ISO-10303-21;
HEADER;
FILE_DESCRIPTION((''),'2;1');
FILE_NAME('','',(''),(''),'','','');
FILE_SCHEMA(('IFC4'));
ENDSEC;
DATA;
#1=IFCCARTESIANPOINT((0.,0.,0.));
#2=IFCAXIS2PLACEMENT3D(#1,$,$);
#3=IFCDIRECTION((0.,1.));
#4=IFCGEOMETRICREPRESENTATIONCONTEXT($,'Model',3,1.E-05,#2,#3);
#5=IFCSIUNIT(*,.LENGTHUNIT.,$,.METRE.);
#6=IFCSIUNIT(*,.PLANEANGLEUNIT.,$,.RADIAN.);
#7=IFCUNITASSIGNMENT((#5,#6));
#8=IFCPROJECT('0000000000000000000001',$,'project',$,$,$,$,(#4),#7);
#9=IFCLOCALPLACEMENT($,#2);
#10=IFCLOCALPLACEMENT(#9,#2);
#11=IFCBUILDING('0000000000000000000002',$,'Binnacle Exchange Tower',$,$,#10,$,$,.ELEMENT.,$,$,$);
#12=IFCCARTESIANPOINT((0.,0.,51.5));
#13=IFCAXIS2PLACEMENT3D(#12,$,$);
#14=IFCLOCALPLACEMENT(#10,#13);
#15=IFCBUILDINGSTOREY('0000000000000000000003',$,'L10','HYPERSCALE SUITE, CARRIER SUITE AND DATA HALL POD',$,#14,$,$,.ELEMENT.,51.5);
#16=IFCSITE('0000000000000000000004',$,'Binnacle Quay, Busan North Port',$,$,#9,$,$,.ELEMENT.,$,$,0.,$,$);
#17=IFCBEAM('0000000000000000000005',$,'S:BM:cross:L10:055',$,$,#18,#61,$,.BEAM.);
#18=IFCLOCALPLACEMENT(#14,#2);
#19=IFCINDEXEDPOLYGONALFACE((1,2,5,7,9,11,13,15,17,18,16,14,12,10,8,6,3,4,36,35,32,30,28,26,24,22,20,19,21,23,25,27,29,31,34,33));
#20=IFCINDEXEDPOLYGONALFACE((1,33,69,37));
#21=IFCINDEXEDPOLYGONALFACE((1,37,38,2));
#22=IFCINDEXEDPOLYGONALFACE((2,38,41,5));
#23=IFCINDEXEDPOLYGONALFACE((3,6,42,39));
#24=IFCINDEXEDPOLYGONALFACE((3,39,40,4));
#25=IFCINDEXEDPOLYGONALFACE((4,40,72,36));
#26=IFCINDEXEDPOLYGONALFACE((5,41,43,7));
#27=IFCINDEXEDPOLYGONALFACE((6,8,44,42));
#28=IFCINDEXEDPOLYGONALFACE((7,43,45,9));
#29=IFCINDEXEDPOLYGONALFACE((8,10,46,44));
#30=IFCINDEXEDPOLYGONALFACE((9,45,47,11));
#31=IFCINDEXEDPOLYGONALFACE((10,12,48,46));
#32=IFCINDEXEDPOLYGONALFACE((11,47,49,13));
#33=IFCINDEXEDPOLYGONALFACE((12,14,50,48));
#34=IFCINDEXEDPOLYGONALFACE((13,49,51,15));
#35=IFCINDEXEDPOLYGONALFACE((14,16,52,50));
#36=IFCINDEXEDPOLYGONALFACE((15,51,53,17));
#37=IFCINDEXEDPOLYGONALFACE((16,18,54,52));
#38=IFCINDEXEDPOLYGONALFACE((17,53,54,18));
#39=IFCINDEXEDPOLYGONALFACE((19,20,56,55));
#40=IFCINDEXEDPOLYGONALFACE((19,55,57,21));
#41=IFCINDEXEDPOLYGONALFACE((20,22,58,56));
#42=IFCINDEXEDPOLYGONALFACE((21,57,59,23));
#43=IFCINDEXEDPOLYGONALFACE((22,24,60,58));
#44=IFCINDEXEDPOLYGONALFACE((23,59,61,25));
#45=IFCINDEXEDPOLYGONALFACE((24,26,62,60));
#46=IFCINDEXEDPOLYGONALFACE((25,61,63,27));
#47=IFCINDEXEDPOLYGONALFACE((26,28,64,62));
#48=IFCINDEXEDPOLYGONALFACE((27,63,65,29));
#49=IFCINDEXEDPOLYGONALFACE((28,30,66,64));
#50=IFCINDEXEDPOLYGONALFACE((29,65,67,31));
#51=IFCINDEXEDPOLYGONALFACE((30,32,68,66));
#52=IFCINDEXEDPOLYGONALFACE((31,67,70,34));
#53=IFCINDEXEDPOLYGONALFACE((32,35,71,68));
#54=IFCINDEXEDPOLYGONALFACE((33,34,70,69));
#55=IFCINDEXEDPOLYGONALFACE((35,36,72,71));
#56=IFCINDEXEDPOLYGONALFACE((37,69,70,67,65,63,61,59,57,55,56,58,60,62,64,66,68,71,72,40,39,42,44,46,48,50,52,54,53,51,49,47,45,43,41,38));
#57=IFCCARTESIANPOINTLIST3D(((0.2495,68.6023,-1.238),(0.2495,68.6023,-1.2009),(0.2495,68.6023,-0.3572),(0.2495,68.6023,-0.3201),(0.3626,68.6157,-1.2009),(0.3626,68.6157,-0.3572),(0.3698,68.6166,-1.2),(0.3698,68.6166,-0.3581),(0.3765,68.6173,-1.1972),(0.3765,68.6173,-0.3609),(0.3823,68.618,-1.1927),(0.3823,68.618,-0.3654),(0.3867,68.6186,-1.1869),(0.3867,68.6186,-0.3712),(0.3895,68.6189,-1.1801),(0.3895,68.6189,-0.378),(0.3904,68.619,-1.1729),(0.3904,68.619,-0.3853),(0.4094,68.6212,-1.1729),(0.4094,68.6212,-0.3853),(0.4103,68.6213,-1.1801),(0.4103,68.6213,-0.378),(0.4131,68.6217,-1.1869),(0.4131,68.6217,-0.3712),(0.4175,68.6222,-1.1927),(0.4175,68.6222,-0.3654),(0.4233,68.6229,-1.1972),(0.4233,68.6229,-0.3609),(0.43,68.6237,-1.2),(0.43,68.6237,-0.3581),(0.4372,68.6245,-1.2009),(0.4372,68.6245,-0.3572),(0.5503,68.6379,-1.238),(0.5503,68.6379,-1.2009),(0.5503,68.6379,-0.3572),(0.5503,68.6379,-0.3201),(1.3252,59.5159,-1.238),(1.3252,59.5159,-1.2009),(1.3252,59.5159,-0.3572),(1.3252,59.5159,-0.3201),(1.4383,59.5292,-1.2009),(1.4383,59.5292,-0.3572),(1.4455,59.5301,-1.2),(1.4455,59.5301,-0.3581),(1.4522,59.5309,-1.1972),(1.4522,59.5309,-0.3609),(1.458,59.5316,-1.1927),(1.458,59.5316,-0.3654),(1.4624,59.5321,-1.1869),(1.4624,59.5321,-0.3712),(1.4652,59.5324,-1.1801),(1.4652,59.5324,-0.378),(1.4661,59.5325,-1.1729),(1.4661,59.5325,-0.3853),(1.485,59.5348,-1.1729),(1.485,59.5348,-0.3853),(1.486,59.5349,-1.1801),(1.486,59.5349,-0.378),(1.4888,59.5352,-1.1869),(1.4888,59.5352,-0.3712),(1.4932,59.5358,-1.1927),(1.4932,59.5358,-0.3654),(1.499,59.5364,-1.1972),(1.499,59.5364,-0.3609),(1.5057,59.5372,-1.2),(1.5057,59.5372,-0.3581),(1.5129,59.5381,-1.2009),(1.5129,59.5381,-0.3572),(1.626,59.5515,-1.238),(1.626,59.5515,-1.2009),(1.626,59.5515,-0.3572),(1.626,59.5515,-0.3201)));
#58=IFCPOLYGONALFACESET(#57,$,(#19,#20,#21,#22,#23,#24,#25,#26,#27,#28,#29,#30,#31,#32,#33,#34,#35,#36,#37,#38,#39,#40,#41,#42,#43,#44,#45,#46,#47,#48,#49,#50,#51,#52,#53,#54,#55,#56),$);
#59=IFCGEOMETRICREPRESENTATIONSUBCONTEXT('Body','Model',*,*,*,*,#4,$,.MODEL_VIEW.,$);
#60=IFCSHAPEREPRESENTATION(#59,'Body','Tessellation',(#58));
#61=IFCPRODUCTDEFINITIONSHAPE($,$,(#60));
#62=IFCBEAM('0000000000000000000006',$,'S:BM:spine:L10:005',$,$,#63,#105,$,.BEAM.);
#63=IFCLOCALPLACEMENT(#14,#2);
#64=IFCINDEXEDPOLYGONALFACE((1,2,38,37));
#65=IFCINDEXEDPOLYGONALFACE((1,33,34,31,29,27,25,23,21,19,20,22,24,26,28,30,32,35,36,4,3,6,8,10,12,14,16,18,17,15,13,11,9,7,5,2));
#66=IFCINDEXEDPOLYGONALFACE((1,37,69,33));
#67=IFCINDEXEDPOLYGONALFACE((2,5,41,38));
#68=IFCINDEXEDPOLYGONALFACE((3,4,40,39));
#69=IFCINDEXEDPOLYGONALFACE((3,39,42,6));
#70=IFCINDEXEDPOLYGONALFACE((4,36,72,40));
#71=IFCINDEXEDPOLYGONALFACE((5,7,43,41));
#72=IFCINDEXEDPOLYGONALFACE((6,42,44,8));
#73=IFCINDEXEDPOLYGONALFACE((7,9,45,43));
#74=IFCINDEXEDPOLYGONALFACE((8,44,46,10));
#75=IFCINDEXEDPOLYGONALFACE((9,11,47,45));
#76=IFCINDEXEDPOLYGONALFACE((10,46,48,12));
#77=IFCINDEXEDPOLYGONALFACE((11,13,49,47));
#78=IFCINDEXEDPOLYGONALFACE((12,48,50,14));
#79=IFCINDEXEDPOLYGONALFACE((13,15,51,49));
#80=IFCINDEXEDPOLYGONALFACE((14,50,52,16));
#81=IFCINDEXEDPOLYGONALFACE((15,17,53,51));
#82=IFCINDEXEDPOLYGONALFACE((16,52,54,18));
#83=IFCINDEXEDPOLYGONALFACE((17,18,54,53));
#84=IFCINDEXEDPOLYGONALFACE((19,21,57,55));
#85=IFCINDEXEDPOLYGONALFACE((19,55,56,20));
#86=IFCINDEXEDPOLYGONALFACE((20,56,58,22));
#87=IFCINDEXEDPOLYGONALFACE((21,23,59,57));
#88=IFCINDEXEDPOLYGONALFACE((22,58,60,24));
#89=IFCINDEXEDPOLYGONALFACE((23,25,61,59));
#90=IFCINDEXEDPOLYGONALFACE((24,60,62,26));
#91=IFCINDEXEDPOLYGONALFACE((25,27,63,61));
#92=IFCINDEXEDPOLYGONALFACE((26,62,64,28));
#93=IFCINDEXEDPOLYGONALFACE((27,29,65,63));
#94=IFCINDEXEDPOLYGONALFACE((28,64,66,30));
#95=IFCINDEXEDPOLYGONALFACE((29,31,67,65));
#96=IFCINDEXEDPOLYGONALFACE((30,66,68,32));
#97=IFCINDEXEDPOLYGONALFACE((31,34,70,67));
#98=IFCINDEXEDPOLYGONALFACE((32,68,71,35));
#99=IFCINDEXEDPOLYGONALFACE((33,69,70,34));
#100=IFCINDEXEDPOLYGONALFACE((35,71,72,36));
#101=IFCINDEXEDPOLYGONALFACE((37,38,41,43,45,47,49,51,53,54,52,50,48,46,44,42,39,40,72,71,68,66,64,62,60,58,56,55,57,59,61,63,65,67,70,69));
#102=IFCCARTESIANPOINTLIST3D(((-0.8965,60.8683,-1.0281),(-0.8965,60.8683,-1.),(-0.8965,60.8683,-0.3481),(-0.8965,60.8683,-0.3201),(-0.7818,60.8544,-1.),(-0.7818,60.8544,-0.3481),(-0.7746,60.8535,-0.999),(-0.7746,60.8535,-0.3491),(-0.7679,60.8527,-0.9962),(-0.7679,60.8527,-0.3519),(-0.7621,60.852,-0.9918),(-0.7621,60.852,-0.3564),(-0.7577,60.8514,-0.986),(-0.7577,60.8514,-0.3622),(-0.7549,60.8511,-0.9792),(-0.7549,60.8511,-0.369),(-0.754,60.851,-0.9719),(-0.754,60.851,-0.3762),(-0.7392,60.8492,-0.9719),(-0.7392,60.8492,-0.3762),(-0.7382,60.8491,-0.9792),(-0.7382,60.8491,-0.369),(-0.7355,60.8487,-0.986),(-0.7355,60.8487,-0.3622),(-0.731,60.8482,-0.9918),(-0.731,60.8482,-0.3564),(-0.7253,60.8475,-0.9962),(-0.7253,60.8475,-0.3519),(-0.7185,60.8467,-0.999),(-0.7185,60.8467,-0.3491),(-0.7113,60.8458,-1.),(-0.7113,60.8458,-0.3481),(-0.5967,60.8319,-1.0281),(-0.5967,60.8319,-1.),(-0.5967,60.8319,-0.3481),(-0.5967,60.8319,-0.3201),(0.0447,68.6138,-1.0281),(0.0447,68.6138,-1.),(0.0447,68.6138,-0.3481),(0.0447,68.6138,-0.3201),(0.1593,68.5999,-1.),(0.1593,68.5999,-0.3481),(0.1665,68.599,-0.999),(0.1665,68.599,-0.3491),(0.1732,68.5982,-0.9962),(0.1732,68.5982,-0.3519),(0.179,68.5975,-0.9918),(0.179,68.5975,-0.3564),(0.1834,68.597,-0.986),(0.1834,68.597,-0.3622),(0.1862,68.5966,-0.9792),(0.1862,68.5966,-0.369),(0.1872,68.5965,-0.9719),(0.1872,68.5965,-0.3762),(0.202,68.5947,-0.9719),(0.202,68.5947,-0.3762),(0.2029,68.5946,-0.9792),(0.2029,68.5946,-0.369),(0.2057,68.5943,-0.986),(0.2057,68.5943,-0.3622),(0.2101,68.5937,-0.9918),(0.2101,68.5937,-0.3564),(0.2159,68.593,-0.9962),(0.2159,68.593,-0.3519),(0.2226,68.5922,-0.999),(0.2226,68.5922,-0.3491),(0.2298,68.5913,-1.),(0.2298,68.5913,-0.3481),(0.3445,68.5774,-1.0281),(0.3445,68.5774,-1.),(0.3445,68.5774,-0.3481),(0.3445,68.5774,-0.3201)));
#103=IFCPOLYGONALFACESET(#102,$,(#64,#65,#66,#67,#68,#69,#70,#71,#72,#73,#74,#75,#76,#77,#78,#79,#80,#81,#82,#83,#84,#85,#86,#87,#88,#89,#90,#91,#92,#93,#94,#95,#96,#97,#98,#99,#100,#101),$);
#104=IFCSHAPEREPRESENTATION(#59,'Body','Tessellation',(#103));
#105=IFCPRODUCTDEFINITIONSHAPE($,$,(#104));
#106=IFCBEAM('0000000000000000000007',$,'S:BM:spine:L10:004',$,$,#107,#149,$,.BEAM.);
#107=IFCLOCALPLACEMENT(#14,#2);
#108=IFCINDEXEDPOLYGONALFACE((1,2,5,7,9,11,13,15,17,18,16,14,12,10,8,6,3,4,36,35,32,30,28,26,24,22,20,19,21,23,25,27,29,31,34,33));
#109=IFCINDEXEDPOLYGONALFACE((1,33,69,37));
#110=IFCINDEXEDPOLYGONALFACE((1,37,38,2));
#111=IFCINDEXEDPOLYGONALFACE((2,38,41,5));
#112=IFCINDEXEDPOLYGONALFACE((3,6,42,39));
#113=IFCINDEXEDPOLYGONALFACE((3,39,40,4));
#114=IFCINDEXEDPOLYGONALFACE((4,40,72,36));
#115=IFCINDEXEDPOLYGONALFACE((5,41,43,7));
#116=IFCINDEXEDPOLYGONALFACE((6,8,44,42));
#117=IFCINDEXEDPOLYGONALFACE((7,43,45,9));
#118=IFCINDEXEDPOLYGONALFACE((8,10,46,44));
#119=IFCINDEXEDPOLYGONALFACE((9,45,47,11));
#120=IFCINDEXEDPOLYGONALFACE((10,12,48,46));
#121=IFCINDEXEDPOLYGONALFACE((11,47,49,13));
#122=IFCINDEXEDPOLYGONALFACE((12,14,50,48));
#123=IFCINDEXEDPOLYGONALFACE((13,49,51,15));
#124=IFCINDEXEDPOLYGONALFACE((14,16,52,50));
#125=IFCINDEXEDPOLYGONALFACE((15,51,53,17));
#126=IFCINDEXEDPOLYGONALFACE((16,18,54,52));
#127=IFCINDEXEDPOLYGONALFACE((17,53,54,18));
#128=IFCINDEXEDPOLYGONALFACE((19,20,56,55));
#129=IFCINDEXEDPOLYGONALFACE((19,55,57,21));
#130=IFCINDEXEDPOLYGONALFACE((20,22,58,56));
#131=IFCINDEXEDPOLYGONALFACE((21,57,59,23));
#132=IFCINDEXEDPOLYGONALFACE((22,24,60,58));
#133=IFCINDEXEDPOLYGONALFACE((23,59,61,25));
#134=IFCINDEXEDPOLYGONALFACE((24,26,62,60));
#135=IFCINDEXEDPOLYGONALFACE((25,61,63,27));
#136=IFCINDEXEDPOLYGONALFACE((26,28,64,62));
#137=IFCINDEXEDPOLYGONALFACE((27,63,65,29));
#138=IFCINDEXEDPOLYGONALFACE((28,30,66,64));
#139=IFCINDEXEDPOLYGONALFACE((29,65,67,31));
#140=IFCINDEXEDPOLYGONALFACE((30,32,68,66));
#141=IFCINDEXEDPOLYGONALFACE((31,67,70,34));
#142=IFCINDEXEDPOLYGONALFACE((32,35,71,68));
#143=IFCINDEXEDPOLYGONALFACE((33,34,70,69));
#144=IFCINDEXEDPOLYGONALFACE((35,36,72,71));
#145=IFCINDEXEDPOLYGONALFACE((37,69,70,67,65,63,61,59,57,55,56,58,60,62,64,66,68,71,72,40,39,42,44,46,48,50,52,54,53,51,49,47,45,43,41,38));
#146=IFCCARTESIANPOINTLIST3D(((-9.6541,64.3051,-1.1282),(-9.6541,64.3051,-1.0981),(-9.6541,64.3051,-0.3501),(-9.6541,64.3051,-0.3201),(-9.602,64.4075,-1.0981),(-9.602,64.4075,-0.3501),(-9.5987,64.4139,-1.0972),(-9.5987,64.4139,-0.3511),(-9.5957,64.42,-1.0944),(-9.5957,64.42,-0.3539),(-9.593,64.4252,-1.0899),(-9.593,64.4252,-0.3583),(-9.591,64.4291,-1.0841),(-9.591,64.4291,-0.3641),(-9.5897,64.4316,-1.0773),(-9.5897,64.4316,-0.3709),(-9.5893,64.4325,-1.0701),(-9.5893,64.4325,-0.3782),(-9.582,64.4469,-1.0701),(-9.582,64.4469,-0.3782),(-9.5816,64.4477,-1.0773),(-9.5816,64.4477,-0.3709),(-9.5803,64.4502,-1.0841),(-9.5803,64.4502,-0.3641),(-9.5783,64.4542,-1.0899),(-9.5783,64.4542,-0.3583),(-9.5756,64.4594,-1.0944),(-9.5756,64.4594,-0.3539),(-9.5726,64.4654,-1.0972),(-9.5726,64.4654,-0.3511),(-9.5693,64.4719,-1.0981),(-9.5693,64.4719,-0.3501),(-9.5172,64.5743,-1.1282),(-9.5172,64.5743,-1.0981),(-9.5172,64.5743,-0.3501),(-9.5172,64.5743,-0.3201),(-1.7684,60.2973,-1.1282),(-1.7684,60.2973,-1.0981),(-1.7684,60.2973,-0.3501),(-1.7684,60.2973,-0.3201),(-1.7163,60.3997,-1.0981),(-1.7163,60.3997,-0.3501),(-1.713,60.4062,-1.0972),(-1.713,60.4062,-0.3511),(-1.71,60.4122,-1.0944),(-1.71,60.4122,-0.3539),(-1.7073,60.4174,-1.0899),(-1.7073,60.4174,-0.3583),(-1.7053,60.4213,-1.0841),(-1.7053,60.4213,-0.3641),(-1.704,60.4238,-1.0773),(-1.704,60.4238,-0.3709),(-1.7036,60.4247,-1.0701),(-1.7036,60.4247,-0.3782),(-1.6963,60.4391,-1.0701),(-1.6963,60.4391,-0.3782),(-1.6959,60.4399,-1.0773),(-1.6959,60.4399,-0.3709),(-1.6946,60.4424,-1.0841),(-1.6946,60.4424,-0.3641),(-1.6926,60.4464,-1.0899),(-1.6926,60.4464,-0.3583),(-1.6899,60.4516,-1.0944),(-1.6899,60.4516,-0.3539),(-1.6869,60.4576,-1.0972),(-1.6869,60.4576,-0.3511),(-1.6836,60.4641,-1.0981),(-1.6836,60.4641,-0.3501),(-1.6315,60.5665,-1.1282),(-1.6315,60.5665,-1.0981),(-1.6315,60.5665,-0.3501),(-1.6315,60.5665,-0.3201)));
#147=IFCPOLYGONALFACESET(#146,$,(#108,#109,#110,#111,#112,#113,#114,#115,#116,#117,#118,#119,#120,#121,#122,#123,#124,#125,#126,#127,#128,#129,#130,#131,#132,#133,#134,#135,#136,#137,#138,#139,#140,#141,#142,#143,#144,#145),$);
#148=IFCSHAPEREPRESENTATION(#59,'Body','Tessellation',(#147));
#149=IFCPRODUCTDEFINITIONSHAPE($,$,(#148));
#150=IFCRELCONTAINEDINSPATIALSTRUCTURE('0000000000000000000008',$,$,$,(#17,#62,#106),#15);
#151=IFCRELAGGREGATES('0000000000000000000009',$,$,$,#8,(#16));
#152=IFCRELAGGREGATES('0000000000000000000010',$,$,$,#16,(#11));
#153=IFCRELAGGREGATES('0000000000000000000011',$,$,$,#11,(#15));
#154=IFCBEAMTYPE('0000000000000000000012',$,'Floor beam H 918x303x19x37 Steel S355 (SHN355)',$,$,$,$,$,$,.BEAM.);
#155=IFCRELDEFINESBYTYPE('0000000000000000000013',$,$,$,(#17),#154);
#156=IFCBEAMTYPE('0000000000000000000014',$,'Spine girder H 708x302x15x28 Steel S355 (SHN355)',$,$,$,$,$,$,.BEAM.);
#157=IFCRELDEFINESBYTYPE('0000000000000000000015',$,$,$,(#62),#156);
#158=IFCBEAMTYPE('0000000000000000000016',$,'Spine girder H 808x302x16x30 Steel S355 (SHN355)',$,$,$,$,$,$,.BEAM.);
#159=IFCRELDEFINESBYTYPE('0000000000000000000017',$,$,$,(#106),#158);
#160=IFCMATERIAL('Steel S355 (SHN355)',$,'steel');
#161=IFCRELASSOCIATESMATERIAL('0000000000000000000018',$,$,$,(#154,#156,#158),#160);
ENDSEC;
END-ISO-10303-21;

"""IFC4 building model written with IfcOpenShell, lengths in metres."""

from ifc_helpers import new_model, si_unit, direction, frame, origin, origin_2d, place, context, subcontext, project, spatial, i_section, extrude, material, material_profile, profile_set, type_object, element, save


model = new_model("IFC4")

# Units and contexts
model_context = context("Model", 3, precision=1e-05, world=origin(), true_north=direction((0.0, 1.0)))
body_context = subcontext(model_context, "Body", "Model", "MODEL_VIEW")
ifc_project = project(units=[si_unit("LENGTHUNIT", "METRE"), si_unit("PLANEANGLEUNIT", "RADIAN")], contexts=[model_context])

# Site, building, storey
site_placement = place(None, origin())
site = spatial("IfcSite", under=ifc_project, at=site_placement, Name="Binnacle Quay, Busan North Port", CompositionType="ELEMENT", RefElevation=0.0)
building_placement = place(site_placement, origin())
building = spatial("IfcBuilding", under=site, at=building_placement, Name="Binnacle Exchange Tower", CompositionType="ELEMENT")
storey_placement = place(building_placement, frame((0.0, 0.0, 51.5)))
storey = spatial("IfcBuildingStorey", under=building, at=storey_placement, Name="L10", Description="HYPERSCALE SUITE, CARRIER SUITE AND DATA HALL POD", CompositionType="ELEMENT", Elevation=51.5)

# Beams
ifc_material_1 = material(Name="Steel S355 (SHN355)", Category="steel")
ifc_material_profile_1 = material_profile(ifc_material_1, i_section(OverallWidth=0.303, OverallDepth=0.918, WebThickness=0.019, FlangeThickness=0.0371, FilletRadius=0.0281, at=origin_2d()), Name="H 918x303x19x37")
ifc_profile_set_1 = profile_set([ifc_material_profile_1], Name="Steel S355 (SHN355)")
beam_type_1 = type_object("IfcBeamType", Name="Floor beam H 918x303x19x37 Steel S355 (SHN355)", PredefinedType="BEAM", material=ifc_profile_set_1)
beam_1_placement = place(storey_placement, frame((0.3999, 68.6201, -0.7791), z_axis=(0.117563, -0.993065, 0.0), x_axis=(0.993065, 0.117563, 0.0)))
element("IfcBeam", 1, at=beam_1_placement, inside=storey, type_object=beam_type_1, Name="S:BM:cross:L10:055", PredefinedType="BEAM", context=body_context, shape_type="SweptSolid", body=[
    extrude(i_section(OverallWidth=0.303, OverallDepth=0.918, WebThickness=0.019, FlangeThickness=0.0371, FilletRadius=0.0281, at=origin_2d()), origin(), (0.0, 0.0, 1.0), 9.1499),
])
ifc_material_profile_2 = material_profile(ifc_material_1, i_section(OverallWidth=0.302, OverallDepth=0.708, WebThickness=0.0149, FlangeThickness=0.0281, FilletRadius=0.0281, at=origin_2d()), Name="H 708x302x15x28")
ifc_profile_set_2 = profile_set([ifc_material_profile_2], Name="Steel S355 (SHN355)")
beam_type_2 = type_object("IfcBeamType", Name="Spine girder H 708x302x15x28 Steel S355 (SHN355)", PredefinedType="BEAM", material=ifc_profile_set_2)
beam_2_placement = place(storey_placement, frame((-0.7466, 60.8501, -0.6741), z_axis=(0.120622, 0.992699, 0.0), x_axis=(-0.992699, 0.120622, 0.0)))
element("IfcBeam", 2, at=beam_2_placement, inside=storey, type_object=beam_type_2, Name="S:BM:spine:L10:005", PredefinedType="BEAM", context=body_context, shape_type="SweptSolid", body=[
    extrude(i_section(OverallWidth=0.302, OverallDepth=0.708, WebThickness=0.0149, FlangeThickness=0.0281, FilletRadius=0.0281, at=origin_2d()), origin(), (0.0, 0.0, 1.0), 7.8025),
])
ifc_material_profile_3 = material_profile(ifc_material_1, i_section(OverallWidth=0.302, OverallDepth=0.8081, WebThickness=0.0161, FlangeThickness=0.03, FilletRadius=0.0281, at=origin_2d()), Name="H 808x302x16x30")
ifc_profile_set_3 = profile_set([ifc_material_profile_3], Name="Steel S355 (SHN355)")
beam_type_3 = type_object("IfcBeamType", Name="Spine girder H 808x302x16x30 Steel S355 (SHN355)", PredefinedType="BEAM", material=ifc_profile_set_3)
beam_3_placement = place(storey_placement, frame((-1.7, 60.4319, -0.7241), z_axis=(-0.891471, 0.453077, 0.0), x_axis=(-0.453077, -0.891471, 0.0)))
element("IfcBeam", 3, at=beam_3_placement, inside=storey, type_object=beam_type_3, Name="S:BM:spine:L10:004", PredefinedType="BEAM", context=body_context, shape_type="SweptSolid", body=[
    extrude(i_section(OverallWidth=0.302, OverallDepth=0.8081, WebThickness=0.0161, FlangeThickness=0.03, FilletRadius=0.0281, at=origin_2d()), origin(), (0.0, 0.0, 1.0), 8.8457),
])

save(model, "model.ifc")
